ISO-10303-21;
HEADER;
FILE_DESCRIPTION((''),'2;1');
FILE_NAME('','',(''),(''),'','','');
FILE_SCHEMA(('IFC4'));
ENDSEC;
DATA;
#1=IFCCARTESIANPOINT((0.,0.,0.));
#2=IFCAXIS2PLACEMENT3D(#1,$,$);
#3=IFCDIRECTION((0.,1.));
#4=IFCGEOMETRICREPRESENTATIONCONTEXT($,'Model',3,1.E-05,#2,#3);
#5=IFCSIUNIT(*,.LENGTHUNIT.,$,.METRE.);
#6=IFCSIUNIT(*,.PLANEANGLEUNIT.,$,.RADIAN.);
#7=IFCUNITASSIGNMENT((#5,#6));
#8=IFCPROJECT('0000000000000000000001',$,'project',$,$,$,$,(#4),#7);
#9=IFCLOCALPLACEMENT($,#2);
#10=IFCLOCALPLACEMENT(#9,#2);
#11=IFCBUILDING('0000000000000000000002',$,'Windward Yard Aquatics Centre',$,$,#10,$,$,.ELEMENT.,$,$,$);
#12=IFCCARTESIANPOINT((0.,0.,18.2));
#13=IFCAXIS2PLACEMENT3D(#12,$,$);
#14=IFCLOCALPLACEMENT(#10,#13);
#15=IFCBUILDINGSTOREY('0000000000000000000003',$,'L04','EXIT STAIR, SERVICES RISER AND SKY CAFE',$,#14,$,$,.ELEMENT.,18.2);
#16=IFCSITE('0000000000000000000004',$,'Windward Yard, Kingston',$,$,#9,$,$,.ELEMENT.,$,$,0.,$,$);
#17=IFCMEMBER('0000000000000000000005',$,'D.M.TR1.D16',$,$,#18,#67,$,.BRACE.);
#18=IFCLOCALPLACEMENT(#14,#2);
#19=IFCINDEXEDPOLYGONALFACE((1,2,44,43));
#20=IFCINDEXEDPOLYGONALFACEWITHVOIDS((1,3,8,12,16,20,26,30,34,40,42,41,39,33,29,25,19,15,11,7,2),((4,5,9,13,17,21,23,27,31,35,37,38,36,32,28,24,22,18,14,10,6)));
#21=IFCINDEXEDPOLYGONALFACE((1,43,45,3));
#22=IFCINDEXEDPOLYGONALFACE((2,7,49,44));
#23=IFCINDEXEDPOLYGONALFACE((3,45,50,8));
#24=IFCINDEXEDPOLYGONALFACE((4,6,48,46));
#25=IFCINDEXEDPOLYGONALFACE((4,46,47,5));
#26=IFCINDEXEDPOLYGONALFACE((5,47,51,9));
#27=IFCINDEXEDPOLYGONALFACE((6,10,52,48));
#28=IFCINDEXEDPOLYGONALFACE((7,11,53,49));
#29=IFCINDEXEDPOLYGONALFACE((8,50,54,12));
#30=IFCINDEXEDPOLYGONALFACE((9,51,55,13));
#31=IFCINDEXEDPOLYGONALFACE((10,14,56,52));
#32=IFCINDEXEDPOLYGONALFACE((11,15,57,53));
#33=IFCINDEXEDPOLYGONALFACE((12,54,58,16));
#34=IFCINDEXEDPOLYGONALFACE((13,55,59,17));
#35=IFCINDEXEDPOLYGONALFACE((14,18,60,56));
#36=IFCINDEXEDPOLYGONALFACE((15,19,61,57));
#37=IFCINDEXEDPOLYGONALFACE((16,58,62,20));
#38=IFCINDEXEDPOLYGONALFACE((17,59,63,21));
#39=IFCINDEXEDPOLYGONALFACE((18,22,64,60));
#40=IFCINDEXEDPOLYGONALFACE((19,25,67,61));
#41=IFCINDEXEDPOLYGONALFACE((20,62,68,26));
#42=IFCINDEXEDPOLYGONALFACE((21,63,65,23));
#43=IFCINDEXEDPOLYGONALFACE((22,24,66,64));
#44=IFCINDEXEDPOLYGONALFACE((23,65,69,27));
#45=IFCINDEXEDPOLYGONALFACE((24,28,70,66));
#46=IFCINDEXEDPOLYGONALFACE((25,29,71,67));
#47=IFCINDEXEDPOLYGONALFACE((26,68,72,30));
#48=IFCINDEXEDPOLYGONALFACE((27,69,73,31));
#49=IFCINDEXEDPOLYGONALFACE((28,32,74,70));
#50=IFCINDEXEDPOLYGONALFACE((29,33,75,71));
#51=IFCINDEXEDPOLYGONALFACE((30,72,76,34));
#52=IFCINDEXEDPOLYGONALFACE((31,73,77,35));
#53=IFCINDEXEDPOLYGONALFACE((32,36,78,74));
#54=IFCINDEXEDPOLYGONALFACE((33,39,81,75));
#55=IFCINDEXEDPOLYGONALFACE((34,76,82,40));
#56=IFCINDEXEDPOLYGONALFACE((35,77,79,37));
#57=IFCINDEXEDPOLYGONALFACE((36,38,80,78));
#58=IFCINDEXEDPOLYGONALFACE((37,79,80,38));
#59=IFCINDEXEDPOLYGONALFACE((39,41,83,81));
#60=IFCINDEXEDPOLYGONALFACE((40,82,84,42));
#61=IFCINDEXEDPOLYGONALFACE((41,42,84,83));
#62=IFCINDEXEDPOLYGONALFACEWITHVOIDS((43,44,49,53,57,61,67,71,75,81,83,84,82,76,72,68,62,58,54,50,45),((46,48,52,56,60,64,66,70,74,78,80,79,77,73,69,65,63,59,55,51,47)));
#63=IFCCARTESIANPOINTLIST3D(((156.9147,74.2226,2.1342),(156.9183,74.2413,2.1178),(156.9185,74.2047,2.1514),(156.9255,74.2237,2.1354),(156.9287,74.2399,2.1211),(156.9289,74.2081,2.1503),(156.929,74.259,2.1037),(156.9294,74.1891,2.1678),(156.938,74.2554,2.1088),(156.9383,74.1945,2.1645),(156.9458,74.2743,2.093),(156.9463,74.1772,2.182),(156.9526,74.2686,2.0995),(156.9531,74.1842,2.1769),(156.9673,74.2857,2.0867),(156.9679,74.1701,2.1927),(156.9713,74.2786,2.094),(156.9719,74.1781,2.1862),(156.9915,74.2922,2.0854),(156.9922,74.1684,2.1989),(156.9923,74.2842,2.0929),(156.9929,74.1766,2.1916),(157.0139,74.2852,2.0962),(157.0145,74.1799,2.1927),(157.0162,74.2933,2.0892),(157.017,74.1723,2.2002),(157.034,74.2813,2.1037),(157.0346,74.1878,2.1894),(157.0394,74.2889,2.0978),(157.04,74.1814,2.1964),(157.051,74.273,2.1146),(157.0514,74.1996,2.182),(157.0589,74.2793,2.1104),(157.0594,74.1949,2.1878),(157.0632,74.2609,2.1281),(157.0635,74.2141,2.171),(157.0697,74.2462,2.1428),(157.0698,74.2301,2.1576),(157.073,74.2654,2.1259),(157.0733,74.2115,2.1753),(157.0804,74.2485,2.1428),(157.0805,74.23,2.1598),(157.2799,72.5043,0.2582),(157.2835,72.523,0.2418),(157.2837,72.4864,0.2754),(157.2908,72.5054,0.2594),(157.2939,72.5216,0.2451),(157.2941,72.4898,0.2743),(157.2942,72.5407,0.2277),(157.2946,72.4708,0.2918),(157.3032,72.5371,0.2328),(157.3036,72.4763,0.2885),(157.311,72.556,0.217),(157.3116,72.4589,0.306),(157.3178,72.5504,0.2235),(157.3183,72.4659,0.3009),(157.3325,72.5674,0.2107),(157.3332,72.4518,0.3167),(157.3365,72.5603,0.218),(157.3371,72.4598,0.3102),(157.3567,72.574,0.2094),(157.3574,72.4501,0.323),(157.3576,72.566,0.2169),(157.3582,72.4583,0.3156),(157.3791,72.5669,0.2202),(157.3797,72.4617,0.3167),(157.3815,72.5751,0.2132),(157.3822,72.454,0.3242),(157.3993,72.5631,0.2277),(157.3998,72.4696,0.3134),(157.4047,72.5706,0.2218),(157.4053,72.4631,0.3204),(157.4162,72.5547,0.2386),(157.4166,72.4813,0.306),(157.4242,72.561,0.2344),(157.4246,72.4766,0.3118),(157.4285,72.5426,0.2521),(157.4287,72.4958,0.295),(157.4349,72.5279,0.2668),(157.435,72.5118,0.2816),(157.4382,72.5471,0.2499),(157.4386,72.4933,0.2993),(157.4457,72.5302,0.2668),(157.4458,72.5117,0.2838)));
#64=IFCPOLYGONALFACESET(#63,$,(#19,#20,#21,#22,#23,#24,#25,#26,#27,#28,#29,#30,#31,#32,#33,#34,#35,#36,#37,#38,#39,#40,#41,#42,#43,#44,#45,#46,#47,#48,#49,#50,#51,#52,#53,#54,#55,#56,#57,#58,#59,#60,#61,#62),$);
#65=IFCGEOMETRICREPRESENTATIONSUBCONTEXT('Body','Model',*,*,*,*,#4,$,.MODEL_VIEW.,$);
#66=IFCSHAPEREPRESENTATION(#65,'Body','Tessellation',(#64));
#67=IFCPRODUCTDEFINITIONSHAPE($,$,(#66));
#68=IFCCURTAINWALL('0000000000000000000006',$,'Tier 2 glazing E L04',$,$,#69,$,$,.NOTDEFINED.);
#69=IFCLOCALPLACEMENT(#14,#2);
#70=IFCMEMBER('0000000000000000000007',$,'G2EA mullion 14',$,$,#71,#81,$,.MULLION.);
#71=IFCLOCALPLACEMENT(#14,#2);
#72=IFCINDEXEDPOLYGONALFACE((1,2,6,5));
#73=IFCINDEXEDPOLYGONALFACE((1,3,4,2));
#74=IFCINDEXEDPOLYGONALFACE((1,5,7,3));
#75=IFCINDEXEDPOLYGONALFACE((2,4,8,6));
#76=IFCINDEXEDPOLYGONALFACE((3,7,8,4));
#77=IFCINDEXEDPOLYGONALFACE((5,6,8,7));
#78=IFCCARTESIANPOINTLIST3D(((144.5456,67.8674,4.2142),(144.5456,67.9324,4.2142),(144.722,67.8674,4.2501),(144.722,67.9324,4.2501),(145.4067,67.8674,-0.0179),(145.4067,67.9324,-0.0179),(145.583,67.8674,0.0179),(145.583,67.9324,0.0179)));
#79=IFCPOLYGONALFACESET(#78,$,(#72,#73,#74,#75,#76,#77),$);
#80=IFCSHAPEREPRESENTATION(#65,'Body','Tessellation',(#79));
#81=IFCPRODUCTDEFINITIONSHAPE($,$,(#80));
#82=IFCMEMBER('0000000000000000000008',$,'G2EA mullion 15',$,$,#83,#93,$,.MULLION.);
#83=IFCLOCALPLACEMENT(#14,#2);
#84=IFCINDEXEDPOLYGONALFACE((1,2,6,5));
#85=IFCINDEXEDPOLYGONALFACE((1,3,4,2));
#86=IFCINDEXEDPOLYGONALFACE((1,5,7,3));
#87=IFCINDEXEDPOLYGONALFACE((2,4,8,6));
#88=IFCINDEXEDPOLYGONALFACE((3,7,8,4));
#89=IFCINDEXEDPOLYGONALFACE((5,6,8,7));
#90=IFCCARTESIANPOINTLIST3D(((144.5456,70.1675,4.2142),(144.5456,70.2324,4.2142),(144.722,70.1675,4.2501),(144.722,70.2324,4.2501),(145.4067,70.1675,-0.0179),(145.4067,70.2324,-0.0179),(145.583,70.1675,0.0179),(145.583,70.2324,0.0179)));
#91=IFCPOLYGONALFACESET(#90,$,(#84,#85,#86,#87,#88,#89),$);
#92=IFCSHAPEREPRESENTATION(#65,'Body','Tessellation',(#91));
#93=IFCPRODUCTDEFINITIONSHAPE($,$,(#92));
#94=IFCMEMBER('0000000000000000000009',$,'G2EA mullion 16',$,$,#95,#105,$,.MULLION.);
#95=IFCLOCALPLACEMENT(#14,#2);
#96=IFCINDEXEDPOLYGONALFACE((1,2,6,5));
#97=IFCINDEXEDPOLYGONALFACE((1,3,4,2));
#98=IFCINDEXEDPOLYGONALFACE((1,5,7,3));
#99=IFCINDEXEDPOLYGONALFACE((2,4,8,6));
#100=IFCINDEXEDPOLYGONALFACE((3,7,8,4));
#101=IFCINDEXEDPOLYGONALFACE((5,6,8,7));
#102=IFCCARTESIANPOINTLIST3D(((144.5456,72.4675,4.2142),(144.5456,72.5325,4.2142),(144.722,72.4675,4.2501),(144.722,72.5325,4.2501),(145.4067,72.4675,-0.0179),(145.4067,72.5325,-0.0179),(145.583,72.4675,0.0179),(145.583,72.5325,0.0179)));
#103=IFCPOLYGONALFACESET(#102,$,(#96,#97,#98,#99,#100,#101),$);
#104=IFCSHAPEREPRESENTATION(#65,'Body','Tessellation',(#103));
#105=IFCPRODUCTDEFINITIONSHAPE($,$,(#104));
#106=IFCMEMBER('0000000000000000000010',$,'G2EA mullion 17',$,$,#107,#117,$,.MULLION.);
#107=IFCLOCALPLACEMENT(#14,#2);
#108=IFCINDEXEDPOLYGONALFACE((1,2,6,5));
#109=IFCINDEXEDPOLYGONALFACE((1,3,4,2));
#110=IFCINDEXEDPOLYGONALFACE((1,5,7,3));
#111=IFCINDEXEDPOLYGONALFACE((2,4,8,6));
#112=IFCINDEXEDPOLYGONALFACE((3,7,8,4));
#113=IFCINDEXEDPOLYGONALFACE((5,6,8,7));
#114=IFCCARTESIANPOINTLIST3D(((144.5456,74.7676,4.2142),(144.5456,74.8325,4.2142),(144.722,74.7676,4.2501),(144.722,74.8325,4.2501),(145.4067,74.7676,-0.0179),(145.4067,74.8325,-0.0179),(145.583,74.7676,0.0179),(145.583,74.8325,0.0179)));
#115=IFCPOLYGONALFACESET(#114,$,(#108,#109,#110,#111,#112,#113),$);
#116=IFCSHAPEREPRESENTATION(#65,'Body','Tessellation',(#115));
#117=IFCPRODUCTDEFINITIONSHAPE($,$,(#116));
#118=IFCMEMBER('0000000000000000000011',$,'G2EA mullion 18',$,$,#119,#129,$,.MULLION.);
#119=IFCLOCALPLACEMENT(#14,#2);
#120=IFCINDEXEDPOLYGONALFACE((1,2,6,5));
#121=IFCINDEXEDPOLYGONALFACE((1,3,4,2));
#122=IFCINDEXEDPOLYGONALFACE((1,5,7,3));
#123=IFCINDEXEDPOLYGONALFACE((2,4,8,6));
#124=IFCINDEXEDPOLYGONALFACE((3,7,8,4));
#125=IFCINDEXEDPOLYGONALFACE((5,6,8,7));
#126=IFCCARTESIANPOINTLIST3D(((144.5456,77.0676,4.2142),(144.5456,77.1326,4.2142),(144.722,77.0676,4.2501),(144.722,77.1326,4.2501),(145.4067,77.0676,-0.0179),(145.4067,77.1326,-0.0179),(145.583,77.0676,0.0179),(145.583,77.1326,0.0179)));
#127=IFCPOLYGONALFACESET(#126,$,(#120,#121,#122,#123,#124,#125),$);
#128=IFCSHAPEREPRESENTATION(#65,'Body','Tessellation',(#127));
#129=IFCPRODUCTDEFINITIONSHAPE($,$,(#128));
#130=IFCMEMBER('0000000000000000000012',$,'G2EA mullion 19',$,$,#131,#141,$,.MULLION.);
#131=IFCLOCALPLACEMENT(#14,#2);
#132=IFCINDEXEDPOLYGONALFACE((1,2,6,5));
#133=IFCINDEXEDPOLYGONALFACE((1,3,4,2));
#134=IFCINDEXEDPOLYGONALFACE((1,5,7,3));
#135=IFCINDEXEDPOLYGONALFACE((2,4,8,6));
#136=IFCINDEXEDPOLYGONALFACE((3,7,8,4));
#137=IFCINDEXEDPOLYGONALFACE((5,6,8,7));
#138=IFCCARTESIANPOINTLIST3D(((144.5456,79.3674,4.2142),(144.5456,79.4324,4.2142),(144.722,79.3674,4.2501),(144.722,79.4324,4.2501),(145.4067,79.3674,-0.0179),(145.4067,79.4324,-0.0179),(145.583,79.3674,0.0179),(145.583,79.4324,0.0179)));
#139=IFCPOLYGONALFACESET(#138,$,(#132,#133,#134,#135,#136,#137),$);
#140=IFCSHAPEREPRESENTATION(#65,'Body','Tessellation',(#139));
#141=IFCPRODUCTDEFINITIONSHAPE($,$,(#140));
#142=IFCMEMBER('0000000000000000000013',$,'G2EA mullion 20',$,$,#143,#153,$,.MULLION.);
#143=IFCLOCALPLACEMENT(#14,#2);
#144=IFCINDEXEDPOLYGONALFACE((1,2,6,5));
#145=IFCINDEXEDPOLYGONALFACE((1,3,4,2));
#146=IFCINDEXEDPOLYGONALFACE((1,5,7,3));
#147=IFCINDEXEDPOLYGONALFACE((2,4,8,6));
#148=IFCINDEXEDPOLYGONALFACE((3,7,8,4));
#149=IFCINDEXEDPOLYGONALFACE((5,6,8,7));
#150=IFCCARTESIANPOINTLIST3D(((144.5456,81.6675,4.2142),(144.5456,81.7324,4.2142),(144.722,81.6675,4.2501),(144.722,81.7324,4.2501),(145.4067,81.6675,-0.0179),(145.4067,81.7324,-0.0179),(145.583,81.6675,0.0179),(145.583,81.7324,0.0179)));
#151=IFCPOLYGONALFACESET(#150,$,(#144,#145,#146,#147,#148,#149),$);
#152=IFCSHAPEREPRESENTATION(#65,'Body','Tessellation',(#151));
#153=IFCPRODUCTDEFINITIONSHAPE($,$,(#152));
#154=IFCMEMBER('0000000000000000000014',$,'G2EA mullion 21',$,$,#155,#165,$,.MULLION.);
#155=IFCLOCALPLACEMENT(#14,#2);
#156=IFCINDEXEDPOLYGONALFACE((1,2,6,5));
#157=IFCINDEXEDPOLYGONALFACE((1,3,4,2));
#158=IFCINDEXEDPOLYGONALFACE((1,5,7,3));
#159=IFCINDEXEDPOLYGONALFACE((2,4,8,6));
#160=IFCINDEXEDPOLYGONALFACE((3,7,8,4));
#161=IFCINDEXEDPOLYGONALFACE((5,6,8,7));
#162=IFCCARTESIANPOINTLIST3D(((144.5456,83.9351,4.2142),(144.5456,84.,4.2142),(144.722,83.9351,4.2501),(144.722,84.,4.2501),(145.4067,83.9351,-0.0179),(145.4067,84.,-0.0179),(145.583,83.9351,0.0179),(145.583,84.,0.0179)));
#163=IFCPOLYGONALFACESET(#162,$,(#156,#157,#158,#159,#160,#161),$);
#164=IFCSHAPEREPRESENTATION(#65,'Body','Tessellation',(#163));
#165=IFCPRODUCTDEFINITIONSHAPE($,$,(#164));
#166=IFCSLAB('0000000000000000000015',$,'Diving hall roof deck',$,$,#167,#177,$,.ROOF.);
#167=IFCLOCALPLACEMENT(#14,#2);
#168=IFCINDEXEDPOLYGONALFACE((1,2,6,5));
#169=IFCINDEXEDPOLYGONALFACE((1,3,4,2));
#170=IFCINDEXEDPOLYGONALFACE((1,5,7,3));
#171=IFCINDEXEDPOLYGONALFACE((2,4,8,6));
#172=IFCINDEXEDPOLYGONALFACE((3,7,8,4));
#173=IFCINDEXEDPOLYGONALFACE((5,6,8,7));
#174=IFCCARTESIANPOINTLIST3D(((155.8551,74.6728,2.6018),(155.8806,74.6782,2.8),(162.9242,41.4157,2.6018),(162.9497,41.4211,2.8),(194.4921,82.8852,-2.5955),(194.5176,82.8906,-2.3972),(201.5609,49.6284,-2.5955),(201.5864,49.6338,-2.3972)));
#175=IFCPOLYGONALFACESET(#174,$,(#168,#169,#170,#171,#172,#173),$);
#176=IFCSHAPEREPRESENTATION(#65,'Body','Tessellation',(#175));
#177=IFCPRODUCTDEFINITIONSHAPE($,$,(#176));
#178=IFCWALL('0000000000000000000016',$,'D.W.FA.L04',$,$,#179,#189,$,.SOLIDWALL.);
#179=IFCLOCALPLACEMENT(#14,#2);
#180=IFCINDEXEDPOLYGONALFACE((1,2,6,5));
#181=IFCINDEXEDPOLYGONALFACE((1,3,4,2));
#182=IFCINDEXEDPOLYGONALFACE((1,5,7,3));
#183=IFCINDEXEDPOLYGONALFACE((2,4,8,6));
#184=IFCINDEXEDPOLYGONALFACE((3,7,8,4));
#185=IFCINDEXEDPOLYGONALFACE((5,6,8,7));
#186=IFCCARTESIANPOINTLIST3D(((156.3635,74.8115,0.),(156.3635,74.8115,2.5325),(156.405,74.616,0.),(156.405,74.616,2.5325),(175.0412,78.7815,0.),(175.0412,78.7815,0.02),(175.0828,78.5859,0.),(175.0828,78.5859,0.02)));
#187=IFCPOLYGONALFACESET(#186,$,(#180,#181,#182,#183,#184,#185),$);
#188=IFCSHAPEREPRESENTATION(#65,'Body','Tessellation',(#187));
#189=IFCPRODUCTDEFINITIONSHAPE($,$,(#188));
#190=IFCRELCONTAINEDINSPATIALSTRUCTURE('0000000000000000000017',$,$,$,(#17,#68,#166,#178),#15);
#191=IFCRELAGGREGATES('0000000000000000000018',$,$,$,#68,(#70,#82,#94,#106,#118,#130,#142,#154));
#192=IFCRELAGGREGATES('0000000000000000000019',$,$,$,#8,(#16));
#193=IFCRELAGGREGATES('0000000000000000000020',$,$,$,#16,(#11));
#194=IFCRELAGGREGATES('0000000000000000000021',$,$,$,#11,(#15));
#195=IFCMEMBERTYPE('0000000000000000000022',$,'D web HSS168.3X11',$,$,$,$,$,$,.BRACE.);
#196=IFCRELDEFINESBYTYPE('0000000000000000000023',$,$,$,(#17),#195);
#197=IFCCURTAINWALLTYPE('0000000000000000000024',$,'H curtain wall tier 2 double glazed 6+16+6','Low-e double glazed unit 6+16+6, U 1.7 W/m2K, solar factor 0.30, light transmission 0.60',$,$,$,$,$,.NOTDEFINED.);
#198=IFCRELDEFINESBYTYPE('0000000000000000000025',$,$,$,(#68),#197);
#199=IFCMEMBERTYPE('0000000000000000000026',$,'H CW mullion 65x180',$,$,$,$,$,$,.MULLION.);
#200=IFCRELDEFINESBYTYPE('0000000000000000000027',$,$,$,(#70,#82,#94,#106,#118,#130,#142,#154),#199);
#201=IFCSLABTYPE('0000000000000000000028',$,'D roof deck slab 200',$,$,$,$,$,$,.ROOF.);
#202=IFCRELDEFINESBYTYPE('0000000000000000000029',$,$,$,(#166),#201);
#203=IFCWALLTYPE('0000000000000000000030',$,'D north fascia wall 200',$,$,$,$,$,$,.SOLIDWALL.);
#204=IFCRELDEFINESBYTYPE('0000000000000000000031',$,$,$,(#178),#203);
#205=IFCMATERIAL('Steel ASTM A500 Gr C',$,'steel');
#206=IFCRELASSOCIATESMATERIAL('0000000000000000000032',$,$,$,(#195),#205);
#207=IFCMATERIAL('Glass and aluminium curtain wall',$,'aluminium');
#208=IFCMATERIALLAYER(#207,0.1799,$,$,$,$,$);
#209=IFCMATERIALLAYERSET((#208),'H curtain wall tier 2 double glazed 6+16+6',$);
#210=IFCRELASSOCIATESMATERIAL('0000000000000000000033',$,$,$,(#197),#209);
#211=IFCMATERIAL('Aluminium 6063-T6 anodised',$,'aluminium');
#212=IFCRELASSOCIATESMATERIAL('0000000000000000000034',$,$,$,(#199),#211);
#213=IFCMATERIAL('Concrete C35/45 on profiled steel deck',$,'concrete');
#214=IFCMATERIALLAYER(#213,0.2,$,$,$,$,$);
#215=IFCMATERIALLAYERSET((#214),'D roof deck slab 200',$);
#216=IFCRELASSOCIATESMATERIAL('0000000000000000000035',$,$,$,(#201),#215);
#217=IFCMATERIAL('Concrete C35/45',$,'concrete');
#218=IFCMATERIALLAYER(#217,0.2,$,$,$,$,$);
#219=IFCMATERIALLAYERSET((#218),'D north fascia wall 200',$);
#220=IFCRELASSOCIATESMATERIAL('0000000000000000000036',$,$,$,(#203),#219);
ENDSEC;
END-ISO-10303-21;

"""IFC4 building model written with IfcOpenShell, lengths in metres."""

from ifc_helpers import new_model, si_unit, direction, frame, origin, origin_2d, place, context, subcontext, project, spatial, polyline, rectangle, hollow_circle, outline, extrude, material, layer, layer_set, material_profile, profile_set, type_object, element, aggregate, save


model = new_model("IFC4")

# Units and contexts
model_context = context("Model", 3, precision=1e-05, world=origin(), true_north=direction((0.0, 1.0)))
body_context = subcontext(model_context, "Body", "Model", "MODEL_VIEW")
ifc_project = project(units=[si_unit("LENGTHUNIT", "METRE"), si_unit("PLANEANGLEUNIT", "RADIAN")], contexts=[model_context])

# Site, building, storey
site_placement = place(None, origin())
site = spatial("IfcSite", under=ifc_project, at=site_placement, Name="Windward Yard, Kingston", CompositionType="ELEMENT", RefElevation=0.0)
building_placement = place(site_placement, origin())
building = spatial("IfcBuilding", under=site, at=building_placement, Name="Windward Yard Aquatics Centre", CompositionType="ELEMENT")
storey_placement = place(building_placement, frame((0.0, 0.0, 18.2)))
storey = spatial("IfcBuildingStorey", under=building, at=storey_placement, Name="L04", Description="EXIT STAIR, SERVICES RISER AND SKY CAFE", CompositionType="ELEMENT", Elevation=18.2)

# Shared definitions
ifc_material_1 = material(Name="Steel ASTM A500 Gr C", Category="steel")

# Member
ifc_material_profile_1 = material_profile(ifc_material_1, hollow_circle(Radius=0.0842, WallThickness=0.011, at=origin_2d()), Name="HSS168.3X11")
ifc_profile_set_1 = profile_set([ifc_material_profile_1], Name="Steel ASTM A500 Gr C")
member_type_1 = type_object("IfcMemberType", Name="D web HSS168.3X11", PredefinedType="BRACE", material=ifc_profile_set_1)
member_1_placement = place(storey_placement, frame((156.998, 74.231, 2.1428), z_axis=(0.142112, -0.668574, -0.729941), x_axis=(0.978147, 0.207915, 0.0)))
element("IfcMember", 1, at=member_1_placement, inside=storey, type_object=member_type_1, Name="D.M.TR1.D16", PredefinedType="BRACE", context=body_context, shape_type="SweptSolid", body=[
    extrude(hollow_circle(Radius=0.0842, WallThickness=0.011, at=origin_2d()), origin(), (0.0, 0.0, 1.0), 2.5701),
])

# Curtain wall, members
ifc_material_2 = material(Name="Glass and aluminium curtain wall", Category="aluminium")
ifc_layer_1 = layer(ifc_material_2, 0.1799)
ifc_layer_set_1 = layer_set([ifc_layer_1], Name="H curtain wall tier 2 double glazed 6+16+6")
curtain_wall_type = type_object("IfcCurtainWallType", Name="H curtain wall tier 2 double glazed 6+16+6", Description="Low-e double glazed unit 6+16+6, U 1.7 W/m2K, solar factor 0.30, light transmission 0.60", PredefinedType="NOTDEFINED", material=ifc_layer_set_1)
curtain_wall_placement = place(storey_placement, origin())
curtain_wall = element("IfcCurtainWall", 2, at=curtain_wall_placement, inside=storey, type_object=curtain_wall_type, Name="Tier 2 glazing E L04", PredefinedType="NOTDEFINED")
ifc_material_3 = material(Name="Aluminium 6063-T6 anodised", Category="aluminium")
ifc_material_profile_2 = material_profile(ifc_material_3, rectangle(XDim=0.0649, YDim=0.1799, at=origin_2d()), Name="H CW mullion 65x180")
ifc_profile_set_2 = profile_set([ifc_material_profile_2], Name="Aluminium 6063-T6 anodised")
member_type_2 = type_object("IfcMemberType", Name="H CW mullion 65x180", PredefinedType="MULLION", material=ifc_profile_set_2)
member_2_placement = place(storey_placement, frame((145.4949, 67.8999, 0.0), z_axis=(-0.199376, 0.0, 0.979923), x_axis=(0.0, -1.0, 0.0)))
member_2 = element("IfcMember", 3, at=member_2_placement, type_object=member_type_2, Name="G2EA mullion 14", PredefinedType="MULLION", context=body_context, shape_type="SweptSolid", body=[
    extrude(rectangle(XDim=0.0649, YDim=0.1799, at=origin_2d()), origin(), (0.0, 0.0, 1.0), 4.3188),
])
member_3_placement = place(storey_placement, frame((145.4949, 70.2, 0.0), z_axis=(-0.199376, 0.0, 0.979923), x_axis=(0.0, -1.0, 0.0)))
member_3 = element("IfcMember", 4, at=member_3_placement, type_object=member_type_2, Name="G2EA mullion 15", PredefinedType="MULLION", context=body_context, shape_type="SweptSolid", body=[
    extrude(rectangle(XDim=0.0649, YDim=0.1799, at=origin_2d()), origin(), (0.0, 0.0, 1.0), 4.3188),
])
member_4_placement = place(storey_placement, frame((145.4949, 72.5, 0.0), z_axis=(-0.199376, 0.0, 0.979923), x_axis=(0.0, -1.0, 0.0)))
member_4 = element("IfcMember", 5, at=member_4_placement, type_object=member_type_2, Name="G2EA mullion 16", PredefinedType="MULLION", context=body_context, shape_type="SweptSolid", body=[
    extrude(rectangle(XDim=0.0649, YDim=0.1799, at=origin_2d()), origin(), (0.0, 0.0, 1.0), 4.3188),
])
member_5_placement = place(storey_placement, frame((145.4949, 74.8, 0.0), z_axis=(-0.199376, 0.0, 0.979923), x_axis=(0.0, -1.0, 0.0)))
member_5 = element("IfcMember", 6, at=member_5_placement, type_object=member_type_2, Name="G2EA mullion 17", PredefinedType="MULLION", context=body_context, shape_type="SweptSolid", body=[
    extrude(rectangle(XDim=0.0649, YDim=0.1799, at=origin_2d()), origin(), (0.0, 0.0, 1.0), 4.3188),
])
member_6_placement = place(storey_placement, frame((145.4949, 77.1001, 0.0), z_axis=(-0.199376, 0.0, 0.979923), x_axis=(0.0, -1.0, 0.0)))
member_6 = element("IfcMember", 7, at=member_6_placement, type_object=member_type_2, Name="G2EA mullion 18", PredefinedType="MULLION", context=body_context, shape_type="SweptSolid", body=[
    extrude(rectangle(XDim=0.0649, YDim=0.1799, at=origin_2d()), origin(), (0.0, 0.0, 1.0), 4.3188),
])
member_7_placement = place(storey_placement, frame((145.4949, 79.3999, 0.0), z_axis=(-0.199376, 0.0, 0.979923), x_axis=(0.0, -1.0, 0.0)))
member_7 = element("IfcMember", 8, at=member_7_placement, type_object=member_type_2, Name="G2EA mullion 19", PredefinedType="MULLION", context=body_context, shape_type="SweptSolid", body=[
    extrude(rectangle(XDim=0.0649, YDim=0.1799, at=origin_2d()), origin(), (0.0, 0.0, 1.0), 4.3188),
])
member_8_placement = place(storey_placement, frame((145.4949, 81.7, 0.0), z_axis=(-0.199376, 0.0, 0.979923), x_axis=(0.0, -1.0, 0.0)))
member_8 = element("IfcMember", 9, at=member_8_placement, type_object=member_type_2, Name="G2EA mullion 20", PredefinedType="MULLION", context=body_context, shape_type="SweptSolid", body=[
    extrude(rectangle(XDim=0.0649, YDim=0.1799, at=origin_2d()), origin(), (0.0, 0.0, 1.0), 4.3188),
])
member_9_placement = place(storey_placement, frame((145.4949, 83.9675, 0.0), z_axis=(-0.199376, 0.0, 0.979923), x_axis=(0.0, -1.0, 0.0)))
member_9 = element("IfcMember", 10, at=member_9_placement, type_object=member_type_2, Name="G2EA mullion 21", PredefinedType="MULLION", context=body_context, shape_type="SweptSolid", body=[
    extrude(rectangle(XDim=0.0649, YDim=0.1799, at=origin_2d()), origin(), (0.0, 0.0, 1.0), 4.3188),
])
aggregate(curtain_wall, [member_2, member_3, member_4, member_5, member_6, member_7, member_8, member_9])

# Slab
ifc_material_4 = material(Name="Concrete C35/45 on profiled steel deck", Category="concrete")
ifc_layer_2 = layer(ifc_material_4, 0.2)
ifc_layer_set_2 = layer_set([ifc_layer_2], Name="D roof deck slab 200")
slab_type = type_object("IfcSlabType", Name="D roof deck slab 200", PredefinedType="ROOF", material=ifc_layer_set_2)
slab_placement = place(storey_placement, frame((155.8806, 74.6782, 2.8), z_axis=(0.127601, 0.027122, 0.991455), x_axis=(0.207914, -0.978147, 0.0)))
element("IfcSlab", 11, at=slab_placement, inside=storey, type_object=slab_type, Name="Diving hall roof deck", PredefinedType="ROOF", context=body_context, shape_type="SweptSolid", body=[
    extrude(outline(polyline([(0.0, 0.0), (34.0001, 0.0), (34.0, 39.8404), (0.0002, 39.8406), (0.0, 0.0)])), origin(), (0.0, 0.0, -1.0), 0.2),
])

# Wall
ifc_material_5 = material(Name="Concrete C35/45", Category="concrete")
ifc_layer_3 = layer(ifc_material_5, 0.2)
ifc_layer_set_3 = layer_set([ifc_layer_3], Name="D north fascia wall 200")
wall_type_1 = type_object("IfcWallType", Name="D north fascia wall 200", PredefinedType="SOLIDWALL", material=ifc_layer_set_3)
wall_1_placement = place(storey_placement, frame((156.3843, 74.7136, 0.0), z_axis=(0.0, 0.0, 1.0), x_axis=(0.978149, 0.207906, 0.0)))
element("IfcWall", 12, at=wall_1_placement, inside=storey, type_object=wall_type_1, Name="D.W.FA.L04", PredefinedType="SOLIDWALL", context=body_context, shape_type="SweptSolid", body=[
    extrude(outline(polyline([(0.0, 0.0), (19.095, 0.0), (19.095, 0.02), (0.0, 2.5325), (0.0, 0.0)])), frame((0.0, 0.1001, 0.0), z_axis=(0.0, -1.0, 0.0), x_axis=(1.0, 0.0, 0.0)), (0.0, 0.0, 1.0), 0.2),
])

save(model, "model.ifc")
